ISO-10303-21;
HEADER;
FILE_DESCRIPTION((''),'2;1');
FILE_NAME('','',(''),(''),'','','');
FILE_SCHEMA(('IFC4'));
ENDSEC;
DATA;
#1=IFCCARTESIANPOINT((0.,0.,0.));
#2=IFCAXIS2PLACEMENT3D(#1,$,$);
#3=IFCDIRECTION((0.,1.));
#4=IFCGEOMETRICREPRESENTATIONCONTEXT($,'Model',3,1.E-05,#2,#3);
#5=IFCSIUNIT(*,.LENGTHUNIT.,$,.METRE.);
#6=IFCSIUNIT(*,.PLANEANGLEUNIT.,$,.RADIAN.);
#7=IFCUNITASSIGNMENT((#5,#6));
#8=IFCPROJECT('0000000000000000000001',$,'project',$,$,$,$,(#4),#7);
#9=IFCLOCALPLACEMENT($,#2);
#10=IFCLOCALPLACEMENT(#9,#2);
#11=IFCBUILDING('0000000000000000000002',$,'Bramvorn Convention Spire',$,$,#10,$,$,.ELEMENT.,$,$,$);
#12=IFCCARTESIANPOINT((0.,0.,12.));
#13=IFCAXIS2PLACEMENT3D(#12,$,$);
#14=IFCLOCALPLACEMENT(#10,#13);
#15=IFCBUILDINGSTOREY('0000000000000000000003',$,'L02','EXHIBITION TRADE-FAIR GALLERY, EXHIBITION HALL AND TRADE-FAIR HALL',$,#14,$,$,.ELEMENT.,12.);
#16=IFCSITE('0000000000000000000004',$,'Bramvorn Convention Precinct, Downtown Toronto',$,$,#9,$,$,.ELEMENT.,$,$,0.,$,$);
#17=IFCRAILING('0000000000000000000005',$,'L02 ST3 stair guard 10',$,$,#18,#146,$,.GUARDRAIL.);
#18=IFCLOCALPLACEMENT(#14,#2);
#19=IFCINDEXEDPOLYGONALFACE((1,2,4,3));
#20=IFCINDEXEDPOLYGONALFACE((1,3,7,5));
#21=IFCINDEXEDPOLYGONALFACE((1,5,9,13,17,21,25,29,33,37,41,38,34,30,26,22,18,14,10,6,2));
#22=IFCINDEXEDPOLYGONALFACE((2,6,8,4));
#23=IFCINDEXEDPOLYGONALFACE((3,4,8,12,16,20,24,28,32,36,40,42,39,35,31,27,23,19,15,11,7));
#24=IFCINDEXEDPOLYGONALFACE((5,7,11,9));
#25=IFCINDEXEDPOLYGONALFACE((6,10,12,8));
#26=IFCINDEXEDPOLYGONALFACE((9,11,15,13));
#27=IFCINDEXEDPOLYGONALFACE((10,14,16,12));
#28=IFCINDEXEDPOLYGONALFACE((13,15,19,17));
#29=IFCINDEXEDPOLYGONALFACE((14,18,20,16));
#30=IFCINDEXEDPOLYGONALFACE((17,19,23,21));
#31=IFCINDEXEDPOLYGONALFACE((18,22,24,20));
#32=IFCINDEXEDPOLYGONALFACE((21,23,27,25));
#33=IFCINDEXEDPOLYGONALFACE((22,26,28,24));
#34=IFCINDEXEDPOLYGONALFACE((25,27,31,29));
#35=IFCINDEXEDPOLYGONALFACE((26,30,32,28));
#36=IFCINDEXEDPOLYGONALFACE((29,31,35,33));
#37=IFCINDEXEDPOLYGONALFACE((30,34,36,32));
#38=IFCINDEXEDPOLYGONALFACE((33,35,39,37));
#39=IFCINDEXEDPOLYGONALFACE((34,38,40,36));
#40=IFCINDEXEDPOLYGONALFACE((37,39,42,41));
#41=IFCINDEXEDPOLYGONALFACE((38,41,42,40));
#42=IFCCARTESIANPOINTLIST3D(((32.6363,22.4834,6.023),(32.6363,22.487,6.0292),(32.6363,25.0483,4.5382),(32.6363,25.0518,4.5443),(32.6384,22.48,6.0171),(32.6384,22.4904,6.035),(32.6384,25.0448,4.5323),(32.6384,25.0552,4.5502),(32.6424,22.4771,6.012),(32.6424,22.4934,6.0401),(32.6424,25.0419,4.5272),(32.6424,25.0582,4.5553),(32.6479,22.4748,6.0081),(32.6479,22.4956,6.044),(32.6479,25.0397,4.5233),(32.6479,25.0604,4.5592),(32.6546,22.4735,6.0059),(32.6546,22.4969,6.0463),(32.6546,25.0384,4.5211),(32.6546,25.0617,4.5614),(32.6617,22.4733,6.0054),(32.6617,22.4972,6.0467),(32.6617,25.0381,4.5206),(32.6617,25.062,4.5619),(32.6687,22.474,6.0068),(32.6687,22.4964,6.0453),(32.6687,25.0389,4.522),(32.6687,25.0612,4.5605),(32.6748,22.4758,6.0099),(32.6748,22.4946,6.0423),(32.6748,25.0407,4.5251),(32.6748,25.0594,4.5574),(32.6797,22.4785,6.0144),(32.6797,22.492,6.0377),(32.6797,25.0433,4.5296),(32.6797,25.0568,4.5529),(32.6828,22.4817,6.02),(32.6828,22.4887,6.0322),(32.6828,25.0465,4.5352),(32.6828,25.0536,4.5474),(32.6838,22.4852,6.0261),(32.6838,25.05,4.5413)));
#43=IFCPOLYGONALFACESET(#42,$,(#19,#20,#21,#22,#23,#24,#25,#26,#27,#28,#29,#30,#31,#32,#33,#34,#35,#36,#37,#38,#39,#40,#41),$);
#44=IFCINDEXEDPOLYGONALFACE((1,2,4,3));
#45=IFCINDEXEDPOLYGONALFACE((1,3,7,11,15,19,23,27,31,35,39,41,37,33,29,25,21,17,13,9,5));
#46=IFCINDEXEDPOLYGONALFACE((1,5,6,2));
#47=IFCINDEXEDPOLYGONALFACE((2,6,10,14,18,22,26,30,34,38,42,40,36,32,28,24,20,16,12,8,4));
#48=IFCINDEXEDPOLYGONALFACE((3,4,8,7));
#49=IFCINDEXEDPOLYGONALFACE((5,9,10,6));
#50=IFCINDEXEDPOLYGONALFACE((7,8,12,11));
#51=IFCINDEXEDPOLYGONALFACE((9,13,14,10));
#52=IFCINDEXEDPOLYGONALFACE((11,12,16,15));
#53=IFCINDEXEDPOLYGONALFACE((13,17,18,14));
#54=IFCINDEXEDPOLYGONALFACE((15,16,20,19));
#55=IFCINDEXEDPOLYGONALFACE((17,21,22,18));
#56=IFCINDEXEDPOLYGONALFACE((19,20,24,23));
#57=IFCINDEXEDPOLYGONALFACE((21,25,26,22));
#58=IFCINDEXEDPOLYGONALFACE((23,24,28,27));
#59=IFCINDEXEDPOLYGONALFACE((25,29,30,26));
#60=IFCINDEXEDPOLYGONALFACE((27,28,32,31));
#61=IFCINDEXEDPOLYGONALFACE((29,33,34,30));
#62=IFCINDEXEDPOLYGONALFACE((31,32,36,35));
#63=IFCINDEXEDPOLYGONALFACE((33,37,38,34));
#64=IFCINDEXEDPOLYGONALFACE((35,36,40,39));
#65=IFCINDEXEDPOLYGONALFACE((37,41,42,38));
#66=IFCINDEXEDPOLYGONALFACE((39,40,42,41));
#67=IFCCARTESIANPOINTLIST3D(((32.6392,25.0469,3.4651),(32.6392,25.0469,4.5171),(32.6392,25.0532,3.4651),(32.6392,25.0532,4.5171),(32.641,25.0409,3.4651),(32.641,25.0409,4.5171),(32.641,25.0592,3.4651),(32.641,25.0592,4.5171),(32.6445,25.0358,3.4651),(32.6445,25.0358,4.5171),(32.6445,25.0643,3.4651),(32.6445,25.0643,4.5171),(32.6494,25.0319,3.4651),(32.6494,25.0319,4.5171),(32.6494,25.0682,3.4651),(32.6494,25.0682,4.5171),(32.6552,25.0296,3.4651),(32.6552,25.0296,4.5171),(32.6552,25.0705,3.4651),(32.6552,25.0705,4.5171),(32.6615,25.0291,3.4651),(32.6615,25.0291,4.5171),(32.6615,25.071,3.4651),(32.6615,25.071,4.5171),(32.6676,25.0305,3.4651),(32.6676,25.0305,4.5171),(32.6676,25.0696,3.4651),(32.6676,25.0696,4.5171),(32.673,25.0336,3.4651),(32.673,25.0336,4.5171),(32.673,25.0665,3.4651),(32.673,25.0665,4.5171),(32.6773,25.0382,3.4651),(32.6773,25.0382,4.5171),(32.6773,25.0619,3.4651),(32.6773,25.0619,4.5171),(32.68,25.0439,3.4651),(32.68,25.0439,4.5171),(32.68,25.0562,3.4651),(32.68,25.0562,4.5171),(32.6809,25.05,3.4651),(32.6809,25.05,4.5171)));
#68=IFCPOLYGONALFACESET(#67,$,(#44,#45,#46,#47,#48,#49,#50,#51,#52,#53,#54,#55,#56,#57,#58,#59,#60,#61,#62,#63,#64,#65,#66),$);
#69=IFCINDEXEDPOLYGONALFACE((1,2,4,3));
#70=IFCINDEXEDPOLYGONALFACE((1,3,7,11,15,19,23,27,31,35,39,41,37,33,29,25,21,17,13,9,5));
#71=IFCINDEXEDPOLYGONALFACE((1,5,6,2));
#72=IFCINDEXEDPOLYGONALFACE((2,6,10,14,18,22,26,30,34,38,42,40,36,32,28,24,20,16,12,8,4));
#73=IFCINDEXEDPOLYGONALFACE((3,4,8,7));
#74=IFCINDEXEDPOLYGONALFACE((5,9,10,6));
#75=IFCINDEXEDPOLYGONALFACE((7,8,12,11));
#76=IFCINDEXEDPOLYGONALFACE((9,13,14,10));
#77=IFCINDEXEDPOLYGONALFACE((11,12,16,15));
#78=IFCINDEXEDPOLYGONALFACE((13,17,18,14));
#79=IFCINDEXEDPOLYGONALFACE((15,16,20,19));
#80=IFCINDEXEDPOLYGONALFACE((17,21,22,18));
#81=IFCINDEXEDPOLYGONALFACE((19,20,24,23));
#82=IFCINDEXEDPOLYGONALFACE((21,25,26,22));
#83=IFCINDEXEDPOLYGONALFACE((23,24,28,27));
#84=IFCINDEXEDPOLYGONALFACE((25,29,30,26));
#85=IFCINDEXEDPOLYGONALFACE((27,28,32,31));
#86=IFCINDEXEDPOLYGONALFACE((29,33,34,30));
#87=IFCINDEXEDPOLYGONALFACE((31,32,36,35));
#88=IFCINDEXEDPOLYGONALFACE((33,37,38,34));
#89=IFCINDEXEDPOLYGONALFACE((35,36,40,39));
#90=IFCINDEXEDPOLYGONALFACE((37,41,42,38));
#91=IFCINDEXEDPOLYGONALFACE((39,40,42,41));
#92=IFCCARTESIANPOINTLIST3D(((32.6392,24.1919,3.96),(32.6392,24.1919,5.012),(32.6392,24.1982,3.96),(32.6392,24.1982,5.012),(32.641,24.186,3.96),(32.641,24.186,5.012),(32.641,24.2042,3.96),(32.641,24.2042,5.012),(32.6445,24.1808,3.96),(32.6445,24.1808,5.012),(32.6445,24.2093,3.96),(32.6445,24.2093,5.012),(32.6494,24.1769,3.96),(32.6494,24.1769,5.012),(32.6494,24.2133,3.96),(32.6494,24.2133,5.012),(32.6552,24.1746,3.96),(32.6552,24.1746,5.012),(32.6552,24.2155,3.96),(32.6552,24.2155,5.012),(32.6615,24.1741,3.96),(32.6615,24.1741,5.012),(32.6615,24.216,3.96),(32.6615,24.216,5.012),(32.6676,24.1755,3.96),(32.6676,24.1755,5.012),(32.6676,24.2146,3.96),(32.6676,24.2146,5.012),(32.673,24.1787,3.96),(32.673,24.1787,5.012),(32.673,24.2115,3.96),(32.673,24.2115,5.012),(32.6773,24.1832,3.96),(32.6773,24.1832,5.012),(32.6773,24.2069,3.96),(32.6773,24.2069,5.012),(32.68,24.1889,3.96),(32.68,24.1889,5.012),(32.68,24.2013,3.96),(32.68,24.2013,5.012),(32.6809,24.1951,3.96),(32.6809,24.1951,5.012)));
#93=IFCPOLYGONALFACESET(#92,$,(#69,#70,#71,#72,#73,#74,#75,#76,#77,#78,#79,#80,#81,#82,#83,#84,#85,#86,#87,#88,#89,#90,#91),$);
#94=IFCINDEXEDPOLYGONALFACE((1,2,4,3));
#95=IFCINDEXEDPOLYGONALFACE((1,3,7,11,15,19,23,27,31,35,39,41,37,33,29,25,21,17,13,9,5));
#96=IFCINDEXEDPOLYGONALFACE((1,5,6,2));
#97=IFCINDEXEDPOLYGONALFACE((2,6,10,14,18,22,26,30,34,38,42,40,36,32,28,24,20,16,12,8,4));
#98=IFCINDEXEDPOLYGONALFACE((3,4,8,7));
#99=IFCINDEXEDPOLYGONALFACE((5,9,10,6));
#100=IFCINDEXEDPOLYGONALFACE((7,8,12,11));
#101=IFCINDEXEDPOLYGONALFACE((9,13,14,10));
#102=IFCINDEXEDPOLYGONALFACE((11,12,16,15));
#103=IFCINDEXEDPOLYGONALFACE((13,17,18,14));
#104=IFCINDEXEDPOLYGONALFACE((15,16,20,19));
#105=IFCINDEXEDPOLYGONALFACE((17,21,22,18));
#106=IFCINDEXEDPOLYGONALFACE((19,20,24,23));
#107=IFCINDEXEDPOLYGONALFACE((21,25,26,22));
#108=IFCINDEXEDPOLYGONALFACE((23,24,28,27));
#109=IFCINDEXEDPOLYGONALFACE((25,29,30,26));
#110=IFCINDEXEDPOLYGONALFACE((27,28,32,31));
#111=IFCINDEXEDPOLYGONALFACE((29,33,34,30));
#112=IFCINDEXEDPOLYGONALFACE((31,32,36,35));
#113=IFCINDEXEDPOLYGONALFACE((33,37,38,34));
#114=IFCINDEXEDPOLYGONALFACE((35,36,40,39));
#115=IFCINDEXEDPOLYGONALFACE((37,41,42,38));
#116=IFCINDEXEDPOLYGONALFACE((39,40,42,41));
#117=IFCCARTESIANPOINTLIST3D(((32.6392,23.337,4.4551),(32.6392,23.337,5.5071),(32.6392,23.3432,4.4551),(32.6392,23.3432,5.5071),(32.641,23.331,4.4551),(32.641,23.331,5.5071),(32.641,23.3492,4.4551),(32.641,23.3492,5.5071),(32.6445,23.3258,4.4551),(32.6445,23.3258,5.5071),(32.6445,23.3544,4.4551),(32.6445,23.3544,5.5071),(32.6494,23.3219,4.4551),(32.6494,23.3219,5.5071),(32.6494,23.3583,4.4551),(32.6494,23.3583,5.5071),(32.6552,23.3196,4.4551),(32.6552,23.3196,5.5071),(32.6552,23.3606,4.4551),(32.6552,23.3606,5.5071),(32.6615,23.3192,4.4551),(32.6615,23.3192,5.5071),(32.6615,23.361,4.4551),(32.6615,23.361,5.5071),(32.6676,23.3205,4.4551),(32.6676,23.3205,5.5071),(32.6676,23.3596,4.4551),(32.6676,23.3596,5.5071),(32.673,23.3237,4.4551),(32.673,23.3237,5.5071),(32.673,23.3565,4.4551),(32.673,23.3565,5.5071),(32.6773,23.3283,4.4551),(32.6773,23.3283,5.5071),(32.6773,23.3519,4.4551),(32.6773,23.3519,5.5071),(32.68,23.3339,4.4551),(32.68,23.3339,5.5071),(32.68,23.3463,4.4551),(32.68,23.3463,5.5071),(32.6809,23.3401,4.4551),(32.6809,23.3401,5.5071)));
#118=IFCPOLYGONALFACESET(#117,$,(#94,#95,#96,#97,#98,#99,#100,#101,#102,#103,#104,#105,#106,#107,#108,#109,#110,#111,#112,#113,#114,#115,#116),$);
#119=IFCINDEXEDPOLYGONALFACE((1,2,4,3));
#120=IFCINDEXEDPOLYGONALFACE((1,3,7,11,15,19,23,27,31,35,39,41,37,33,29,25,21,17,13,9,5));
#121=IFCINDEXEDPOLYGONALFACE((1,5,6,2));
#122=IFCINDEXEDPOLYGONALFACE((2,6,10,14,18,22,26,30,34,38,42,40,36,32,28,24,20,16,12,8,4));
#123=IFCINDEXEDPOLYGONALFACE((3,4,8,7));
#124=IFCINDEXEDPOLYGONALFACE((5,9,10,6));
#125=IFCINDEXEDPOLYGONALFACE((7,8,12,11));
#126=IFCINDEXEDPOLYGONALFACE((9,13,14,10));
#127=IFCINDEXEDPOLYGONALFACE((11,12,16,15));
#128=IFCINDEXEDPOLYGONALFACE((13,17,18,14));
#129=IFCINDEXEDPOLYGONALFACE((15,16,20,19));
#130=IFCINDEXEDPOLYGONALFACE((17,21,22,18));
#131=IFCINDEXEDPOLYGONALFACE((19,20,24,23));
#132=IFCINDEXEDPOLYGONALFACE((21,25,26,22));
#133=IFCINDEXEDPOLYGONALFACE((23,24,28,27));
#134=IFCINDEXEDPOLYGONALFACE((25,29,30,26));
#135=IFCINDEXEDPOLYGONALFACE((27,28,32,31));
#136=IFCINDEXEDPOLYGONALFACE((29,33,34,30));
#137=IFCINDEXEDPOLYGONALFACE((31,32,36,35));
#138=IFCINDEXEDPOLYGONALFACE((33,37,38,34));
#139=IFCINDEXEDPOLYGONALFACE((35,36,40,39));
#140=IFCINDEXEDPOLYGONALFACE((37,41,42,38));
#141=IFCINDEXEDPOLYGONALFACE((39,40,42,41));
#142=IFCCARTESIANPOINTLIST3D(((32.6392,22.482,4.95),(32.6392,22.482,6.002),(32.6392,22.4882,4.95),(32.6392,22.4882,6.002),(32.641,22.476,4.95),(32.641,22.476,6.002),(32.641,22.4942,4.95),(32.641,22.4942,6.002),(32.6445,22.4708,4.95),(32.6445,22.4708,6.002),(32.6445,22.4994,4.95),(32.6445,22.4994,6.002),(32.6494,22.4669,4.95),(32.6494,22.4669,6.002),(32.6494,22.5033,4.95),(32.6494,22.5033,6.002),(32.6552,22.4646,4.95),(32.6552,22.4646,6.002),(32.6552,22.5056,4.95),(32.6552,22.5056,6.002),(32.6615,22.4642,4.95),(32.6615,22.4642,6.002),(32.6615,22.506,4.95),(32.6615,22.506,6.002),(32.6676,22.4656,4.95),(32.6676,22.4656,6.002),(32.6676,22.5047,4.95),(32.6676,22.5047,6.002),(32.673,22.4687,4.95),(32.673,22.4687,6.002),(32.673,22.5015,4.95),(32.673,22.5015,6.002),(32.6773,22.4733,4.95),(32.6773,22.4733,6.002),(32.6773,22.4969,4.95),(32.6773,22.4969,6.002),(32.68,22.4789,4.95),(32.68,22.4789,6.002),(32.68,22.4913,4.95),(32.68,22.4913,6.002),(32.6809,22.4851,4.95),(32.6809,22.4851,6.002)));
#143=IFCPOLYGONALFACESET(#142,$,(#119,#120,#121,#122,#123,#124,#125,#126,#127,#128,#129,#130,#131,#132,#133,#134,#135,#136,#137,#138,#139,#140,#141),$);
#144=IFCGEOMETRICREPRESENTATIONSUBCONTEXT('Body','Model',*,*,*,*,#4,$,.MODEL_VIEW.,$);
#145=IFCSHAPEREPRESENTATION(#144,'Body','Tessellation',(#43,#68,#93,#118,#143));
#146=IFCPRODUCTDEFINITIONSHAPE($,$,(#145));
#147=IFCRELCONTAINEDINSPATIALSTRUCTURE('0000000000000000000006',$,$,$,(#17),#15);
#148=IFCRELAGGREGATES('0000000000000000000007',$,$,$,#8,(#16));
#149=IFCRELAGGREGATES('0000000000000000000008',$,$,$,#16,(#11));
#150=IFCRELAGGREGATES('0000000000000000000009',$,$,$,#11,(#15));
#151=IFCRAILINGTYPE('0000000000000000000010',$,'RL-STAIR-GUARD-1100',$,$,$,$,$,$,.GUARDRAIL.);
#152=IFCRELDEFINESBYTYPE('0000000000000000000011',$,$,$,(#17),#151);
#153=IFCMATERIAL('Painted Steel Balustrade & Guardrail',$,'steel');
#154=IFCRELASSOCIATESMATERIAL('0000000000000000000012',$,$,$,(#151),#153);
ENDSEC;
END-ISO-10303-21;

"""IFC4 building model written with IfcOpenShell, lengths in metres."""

from ifc_helpers import new_model, si_unit, direction, frame, origin, origin_2d, place, context, subcontext, project, spatial, circle, extrude, material, type_object, element, save


model = new_model("IFC4")

# Units and contexts
model_context = context("Model", 3, precision=1e-05, world=origin(), true_north=direction((0.0, 1.0)))
body_context = subcontext(model_context, "Body", "Model", "MODEL_VIEW")
ifc_project = project(units=[si_unit("LENGTHUNIT", "METRE"), si_unit("PLANEANGLEUNIT", "RADIAN")], contexts=[model_context])

# Site, building, storey
site_placement = place(None, origin())
site = spatial("IfcSite", under=ifc_project, at=site_placement, Name="Bramvorn Convention Precinct, Downtown Toronto", CompositionType="ELEMENT", RefElevation=0.0)
building_placement = place(site_placement, origin())
building = spatial("IfcBuilding", under=site, at=building_placement, Name="Bramvorn Convention Spire", CompositionType="ELEMENT")
storey_placement = place(building_placement, frame((0.0, 0.0, 12.0)))
storey = spatial("IfcBuildingStorey", under=building, at=storey_placement, Name="L02", Description="EXHIBITION TRADE-FAIR GALLERY, EXHIBITION HALL AND TRADE-FAIR HALL", CompositionType="ELEMENT", Elevation=12.0)

# Railing
ifc_material_1 = material(Name="Painted Steel Balustrade & Guardrail", Category="steel")
railing_type_1 = type_object("IfcRailingType", Name="RL-STAIR-GUARD-1100", PredefinedType="GUARDRAIL", material=ifc_material_1)
railing_1_placement = place(storey_placement, frame((32.6599, 25.05, 3.4651)))
element("IfcRailing", 1, at=railing_1_placement, inside=storey, type_object=railing_type_1, Name="L02 ST3 stair guard 10", PredefinedType="GUARDRAIL", context=body_context, shape_type="SweptSolid", body=[
    extrude(circle(Radius=0.0239, at=origin_2d()), frame((0.0, 0.0, 1.0762), z_axis=(0.0, -0.865441, 0.50101), x_axis=(1.0, 0.0, 0.0)), (0.0, 0.0, 1.0), 2.9636),
    extrude(circle(Radius=0.021, at=origin_2d()), origin(), (0.0, 0.0, 1.0), 1.052),
    extrude(circle(Radius=0.021, at=origin_2d()), frame((0.0, -0.855, 0.4949)), (0.0, 0.0, 1.0), 1.052),
    extrude(circle(Radius=0.021, at=origin_2d()), frame((0.0, -1.71, 0.99)), (0.0, 0.0, 1.0), 1.052),
    extrude(circle(Radius=0.021, at=origin_2d()), frame((0.0, -2.5649, 1.4849)), (0.0, 0.0, 1.0), 1.052),
])

save(model, "model.ifc")
